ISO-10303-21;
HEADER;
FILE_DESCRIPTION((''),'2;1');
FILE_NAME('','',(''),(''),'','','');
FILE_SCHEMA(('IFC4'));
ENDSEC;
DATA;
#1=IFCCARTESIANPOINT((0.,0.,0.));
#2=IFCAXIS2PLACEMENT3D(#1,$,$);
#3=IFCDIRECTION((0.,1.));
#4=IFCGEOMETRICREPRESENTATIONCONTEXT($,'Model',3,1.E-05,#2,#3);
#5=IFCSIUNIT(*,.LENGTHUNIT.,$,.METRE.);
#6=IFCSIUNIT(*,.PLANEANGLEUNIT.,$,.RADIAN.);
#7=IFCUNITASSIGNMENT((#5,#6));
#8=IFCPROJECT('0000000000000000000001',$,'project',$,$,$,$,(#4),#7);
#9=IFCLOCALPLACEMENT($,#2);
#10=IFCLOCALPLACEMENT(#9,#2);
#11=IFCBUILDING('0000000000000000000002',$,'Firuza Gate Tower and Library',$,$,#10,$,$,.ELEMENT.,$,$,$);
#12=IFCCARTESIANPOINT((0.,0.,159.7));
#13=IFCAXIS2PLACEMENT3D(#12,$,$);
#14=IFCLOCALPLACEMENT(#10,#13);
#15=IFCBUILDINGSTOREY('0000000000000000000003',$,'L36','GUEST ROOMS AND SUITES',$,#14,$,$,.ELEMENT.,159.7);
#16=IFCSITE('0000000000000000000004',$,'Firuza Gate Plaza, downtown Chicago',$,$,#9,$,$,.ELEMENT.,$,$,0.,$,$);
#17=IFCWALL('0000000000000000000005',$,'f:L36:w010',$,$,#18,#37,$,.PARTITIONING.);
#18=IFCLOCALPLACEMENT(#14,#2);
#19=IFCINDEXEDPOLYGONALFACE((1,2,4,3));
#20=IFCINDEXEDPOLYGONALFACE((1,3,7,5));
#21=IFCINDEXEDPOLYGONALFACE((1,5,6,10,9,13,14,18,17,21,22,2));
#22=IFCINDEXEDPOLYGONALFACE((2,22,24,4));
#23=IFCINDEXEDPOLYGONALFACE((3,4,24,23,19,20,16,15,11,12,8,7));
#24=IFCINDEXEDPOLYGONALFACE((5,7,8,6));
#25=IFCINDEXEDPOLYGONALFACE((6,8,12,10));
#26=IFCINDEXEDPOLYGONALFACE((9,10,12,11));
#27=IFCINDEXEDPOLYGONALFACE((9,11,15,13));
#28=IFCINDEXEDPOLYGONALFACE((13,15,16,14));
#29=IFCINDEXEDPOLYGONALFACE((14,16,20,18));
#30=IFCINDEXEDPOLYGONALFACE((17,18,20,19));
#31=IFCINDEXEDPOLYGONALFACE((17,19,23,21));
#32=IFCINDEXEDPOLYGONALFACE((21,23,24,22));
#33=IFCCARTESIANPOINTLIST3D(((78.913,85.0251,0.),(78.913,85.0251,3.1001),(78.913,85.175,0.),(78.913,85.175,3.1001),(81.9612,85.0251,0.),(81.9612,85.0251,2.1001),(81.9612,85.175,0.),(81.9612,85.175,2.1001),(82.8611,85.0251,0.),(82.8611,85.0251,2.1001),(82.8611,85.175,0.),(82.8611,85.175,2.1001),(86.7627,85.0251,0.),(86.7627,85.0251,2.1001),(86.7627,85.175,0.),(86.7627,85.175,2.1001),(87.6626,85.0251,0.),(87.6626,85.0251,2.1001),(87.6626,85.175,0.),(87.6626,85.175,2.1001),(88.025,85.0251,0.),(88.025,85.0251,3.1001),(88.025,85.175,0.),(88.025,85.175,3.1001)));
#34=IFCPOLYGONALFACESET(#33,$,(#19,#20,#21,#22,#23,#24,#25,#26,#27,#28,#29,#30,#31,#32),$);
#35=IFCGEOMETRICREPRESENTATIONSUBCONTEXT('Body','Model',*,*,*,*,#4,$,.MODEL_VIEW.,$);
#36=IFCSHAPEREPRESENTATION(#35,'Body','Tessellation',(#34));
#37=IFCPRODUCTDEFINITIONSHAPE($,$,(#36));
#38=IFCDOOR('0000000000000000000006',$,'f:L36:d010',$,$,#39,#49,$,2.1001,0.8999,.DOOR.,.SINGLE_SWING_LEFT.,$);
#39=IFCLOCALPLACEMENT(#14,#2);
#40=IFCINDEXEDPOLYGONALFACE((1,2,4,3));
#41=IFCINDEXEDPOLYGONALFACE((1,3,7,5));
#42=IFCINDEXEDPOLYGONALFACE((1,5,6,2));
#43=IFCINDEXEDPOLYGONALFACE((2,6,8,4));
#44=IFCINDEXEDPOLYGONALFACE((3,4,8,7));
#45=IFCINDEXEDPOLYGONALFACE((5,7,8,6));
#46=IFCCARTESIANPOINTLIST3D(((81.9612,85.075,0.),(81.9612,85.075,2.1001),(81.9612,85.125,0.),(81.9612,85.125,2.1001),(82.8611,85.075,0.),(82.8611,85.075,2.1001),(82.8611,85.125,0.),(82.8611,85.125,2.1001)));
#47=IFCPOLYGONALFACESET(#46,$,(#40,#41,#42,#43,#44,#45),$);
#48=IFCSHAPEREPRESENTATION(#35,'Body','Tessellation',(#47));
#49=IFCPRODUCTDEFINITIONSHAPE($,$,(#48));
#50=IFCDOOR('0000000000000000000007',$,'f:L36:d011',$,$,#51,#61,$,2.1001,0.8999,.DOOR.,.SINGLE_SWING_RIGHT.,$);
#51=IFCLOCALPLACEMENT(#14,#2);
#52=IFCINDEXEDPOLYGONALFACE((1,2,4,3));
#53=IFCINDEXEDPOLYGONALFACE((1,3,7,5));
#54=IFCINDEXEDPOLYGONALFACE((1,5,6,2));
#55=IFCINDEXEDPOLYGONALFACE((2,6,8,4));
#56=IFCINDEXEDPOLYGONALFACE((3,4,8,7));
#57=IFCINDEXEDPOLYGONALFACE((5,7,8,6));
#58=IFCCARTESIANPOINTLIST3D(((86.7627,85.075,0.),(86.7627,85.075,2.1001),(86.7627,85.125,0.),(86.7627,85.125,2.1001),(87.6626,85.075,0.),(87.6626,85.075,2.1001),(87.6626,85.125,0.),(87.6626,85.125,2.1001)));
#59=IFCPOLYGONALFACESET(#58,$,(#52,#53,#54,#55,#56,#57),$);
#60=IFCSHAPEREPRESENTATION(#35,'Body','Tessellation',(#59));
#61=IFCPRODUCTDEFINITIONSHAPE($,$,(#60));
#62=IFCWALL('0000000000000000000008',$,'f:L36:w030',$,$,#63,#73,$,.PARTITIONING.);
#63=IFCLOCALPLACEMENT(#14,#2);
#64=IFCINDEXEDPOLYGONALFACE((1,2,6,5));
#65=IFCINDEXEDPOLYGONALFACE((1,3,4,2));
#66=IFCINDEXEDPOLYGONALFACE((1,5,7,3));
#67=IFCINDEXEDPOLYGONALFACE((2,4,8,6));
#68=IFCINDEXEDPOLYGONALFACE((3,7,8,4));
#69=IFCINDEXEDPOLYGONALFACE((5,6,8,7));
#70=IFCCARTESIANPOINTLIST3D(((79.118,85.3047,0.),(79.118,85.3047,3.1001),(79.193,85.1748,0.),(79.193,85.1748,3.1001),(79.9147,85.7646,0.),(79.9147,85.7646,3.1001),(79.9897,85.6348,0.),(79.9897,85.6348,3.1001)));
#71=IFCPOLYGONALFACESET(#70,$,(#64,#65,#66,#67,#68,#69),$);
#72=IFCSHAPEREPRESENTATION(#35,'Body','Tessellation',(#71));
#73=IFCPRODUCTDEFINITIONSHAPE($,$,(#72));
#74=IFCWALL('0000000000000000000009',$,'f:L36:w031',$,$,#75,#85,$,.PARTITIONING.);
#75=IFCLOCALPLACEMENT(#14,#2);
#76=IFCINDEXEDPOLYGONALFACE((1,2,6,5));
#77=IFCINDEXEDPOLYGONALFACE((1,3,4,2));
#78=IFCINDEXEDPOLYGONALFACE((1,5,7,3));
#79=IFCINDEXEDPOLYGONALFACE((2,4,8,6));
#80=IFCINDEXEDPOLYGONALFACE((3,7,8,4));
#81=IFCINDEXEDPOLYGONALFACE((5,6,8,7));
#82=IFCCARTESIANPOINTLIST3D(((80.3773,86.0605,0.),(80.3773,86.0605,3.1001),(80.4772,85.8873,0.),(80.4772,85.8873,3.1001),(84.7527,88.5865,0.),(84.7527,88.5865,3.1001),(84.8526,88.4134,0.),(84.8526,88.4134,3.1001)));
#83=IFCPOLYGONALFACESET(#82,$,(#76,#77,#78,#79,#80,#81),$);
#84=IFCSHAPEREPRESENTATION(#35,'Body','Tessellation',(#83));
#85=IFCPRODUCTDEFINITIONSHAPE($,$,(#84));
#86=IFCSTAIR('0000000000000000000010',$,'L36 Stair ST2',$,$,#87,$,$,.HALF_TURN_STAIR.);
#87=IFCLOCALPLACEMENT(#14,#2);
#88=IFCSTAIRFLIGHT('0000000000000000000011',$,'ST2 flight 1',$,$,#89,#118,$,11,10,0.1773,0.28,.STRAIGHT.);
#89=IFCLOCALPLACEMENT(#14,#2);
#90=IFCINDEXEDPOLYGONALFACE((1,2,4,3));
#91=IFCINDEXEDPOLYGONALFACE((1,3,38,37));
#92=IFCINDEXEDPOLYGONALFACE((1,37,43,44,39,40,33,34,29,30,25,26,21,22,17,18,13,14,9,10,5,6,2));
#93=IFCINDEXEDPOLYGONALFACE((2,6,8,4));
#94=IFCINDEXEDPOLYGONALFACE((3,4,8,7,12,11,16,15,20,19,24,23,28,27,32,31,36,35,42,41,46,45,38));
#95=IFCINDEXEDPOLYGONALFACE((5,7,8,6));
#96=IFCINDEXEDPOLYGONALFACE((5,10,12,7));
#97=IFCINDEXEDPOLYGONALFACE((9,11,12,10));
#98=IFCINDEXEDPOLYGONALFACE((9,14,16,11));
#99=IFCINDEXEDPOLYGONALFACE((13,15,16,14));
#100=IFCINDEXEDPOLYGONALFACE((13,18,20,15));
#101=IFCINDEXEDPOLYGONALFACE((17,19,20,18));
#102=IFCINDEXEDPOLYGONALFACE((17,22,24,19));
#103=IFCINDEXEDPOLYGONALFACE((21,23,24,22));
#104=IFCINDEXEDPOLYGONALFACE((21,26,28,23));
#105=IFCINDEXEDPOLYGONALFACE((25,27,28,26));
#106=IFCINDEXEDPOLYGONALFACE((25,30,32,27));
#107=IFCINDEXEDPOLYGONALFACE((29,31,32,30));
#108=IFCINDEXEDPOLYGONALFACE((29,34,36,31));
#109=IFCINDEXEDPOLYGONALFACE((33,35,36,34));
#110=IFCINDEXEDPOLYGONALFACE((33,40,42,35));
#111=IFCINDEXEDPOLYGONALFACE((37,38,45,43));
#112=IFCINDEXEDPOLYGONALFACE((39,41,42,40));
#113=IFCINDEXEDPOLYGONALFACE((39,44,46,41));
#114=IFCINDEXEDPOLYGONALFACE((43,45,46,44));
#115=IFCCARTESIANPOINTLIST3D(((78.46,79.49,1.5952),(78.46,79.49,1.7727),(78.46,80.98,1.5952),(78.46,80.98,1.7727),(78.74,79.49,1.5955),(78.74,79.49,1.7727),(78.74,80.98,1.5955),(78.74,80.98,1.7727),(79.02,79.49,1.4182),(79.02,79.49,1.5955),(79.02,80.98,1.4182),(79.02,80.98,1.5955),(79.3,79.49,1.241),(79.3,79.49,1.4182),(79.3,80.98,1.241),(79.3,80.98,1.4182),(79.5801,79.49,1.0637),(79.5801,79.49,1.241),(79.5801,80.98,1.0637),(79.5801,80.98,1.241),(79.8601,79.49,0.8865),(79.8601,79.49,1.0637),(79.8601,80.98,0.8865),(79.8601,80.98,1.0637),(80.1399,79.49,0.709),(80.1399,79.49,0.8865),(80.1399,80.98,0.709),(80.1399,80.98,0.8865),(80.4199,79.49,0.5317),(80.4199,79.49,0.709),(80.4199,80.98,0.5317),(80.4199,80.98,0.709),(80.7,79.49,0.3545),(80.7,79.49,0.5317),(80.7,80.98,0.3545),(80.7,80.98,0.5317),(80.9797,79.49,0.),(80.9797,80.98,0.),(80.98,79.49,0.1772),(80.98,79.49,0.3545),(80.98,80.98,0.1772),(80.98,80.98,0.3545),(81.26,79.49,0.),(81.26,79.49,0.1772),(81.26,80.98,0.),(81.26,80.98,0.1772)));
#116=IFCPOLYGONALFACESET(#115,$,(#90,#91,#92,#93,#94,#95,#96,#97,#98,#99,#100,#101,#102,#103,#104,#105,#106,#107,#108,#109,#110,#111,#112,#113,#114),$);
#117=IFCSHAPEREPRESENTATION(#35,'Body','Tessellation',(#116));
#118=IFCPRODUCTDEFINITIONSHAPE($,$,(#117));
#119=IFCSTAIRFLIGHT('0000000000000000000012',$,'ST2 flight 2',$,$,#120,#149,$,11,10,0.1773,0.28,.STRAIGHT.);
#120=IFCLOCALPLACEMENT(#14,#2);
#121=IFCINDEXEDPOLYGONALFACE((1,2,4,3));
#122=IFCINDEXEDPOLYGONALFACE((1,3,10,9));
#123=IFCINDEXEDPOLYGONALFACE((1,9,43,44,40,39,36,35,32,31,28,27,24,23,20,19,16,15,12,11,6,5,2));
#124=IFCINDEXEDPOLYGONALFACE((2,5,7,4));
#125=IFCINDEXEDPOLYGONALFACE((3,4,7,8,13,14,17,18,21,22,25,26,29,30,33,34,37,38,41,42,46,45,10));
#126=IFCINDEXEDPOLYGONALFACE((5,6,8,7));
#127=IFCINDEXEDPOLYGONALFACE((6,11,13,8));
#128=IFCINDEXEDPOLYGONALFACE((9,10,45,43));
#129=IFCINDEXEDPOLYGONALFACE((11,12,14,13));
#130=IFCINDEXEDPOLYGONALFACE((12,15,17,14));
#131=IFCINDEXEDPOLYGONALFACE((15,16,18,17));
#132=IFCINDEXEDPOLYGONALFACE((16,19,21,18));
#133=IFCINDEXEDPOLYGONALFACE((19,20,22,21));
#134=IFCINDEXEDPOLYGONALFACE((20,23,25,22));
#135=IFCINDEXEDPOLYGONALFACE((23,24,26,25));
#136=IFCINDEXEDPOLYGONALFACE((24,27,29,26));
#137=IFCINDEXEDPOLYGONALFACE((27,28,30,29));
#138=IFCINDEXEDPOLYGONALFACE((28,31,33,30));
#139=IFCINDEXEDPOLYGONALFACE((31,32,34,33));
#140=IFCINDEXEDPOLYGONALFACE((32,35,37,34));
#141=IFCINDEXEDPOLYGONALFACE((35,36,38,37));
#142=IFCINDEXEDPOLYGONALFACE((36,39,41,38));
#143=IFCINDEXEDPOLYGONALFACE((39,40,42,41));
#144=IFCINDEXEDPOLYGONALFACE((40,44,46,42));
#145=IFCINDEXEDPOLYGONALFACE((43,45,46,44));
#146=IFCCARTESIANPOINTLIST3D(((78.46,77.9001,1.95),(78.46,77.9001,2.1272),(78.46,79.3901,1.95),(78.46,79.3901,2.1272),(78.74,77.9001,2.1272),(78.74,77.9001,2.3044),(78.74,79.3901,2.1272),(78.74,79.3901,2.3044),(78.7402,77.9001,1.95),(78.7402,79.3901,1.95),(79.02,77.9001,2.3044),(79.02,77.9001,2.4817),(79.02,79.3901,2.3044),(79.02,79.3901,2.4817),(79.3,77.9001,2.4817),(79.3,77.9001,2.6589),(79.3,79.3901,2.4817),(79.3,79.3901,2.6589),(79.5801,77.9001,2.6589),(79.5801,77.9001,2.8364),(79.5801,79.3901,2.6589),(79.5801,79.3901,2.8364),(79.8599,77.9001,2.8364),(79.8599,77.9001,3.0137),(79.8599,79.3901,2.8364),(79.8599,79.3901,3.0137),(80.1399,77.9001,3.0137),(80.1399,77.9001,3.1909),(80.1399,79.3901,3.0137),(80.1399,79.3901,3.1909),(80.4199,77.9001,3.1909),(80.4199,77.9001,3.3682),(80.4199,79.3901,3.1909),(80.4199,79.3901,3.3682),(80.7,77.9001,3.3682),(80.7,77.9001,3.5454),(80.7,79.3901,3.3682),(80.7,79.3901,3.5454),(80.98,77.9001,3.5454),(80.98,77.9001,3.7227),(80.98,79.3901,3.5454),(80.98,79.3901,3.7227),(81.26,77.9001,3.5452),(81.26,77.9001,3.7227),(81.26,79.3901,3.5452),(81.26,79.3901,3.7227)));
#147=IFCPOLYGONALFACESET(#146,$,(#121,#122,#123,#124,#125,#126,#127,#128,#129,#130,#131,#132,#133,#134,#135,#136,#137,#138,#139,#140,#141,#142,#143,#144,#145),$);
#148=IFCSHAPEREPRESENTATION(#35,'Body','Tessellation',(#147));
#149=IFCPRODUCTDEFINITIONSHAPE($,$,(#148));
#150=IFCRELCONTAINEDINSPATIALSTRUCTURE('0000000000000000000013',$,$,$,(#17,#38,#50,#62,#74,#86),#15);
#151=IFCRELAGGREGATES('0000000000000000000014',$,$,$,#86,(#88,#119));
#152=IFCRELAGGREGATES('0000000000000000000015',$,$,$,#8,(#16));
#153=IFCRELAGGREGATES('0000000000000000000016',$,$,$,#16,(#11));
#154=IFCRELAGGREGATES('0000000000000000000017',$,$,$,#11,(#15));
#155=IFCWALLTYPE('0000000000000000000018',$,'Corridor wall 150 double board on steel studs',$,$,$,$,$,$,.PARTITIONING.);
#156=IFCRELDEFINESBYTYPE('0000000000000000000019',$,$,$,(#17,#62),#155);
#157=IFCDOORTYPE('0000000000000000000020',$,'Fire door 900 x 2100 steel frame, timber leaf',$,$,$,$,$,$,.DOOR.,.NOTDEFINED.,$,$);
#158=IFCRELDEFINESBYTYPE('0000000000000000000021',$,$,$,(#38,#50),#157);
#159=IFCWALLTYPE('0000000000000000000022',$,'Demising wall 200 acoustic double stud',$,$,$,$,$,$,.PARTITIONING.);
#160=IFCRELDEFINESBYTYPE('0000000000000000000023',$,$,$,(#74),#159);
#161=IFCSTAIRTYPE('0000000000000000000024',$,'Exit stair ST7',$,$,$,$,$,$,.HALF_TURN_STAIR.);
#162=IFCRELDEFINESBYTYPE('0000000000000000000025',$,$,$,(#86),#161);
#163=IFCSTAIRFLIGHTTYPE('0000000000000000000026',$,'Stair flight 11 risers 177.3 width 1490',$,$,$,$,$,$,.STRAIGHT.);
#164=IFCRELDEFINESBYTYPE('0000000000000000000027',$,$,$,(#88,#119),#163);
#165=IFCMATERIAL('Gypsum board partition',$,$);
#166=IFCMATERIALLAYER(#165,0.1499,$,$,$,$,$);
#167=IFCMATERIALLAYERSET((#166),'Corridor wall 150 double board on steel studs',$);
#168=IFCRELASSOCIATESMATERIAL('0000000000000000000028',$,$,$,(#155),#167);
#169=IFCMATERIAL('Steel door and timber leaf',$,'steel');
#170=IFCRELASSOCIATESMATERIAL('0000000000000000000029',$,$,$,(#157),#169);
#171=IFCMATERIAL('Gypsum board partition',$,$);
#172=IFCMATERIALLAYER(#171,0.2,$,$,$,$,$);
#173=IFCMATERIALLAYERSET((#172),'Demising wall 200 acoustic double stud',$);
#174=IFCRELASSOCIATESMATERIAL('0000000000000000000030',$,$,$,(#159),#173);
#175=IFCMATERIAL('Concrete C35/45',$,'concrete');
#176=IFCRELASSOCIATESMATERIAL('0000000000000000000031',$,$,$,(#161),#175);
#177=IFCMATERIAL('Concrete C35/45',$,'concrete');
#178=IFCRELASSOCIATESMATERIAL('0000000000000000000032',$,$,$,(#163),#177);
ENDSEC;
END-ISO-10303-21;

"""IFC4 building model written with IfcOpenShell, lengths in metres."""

from ifc_helpers import new_model, si_unit, direction, frame, frame_2d, origin, place, context, subcontext, project, spatial, polyline, rectangle, outline, extrude, material, layer, layer_set, type_object, element, fill, aggregate, save


model = new_model("IFC4")

# Units and contexts
model_context = context("Model", 3, precision=1e-05, world=origin(), true_north=direction((0.0, 1.0)))
body_context = subcontext(model_context, "Body", "Model", "MODEL_VIEW")
ifc_project = project(units=[si_unit("LENGTHUNIT", "METRE"), si_unit("PLANEANGLEUNIT", "RADIAN")], contexts=[model_context])

# Site, building, storey
site_placement = place(None, origin())
site = spatial("IfcSite", under=ifc_project, at=site_placement, Name="Firuza Gate Plaza, downtown Chicago", CompositionType="ELEMENT", RefElevation=0.0)
building_placement = place(site_placement, origin())
building = spatial("IfcBuilding", under=site, at=building_placement, Name="Firuza Gate Tower and Library", CompositionType="ELEMENT")
storey_placement = place(building_placement, frame((0.0, 0.0, 159.7)))
storey = spatial("IfcBuildingStorey", under=building, at=storey_placement, Name="L36", Description="GUEST ROOMS AND SUITES", CompositionType="ELEMENT", Elevation=159.7)

# Wall, openings, doors
ifc_material_1 = material(Name="Gypsum board partition")
ifc_layer_1 = layer(ifc_material_1, 0.1499)
ifc_layer_set_1 = layer_set([ifc_layer_1], Name="Corridor wall 150 double board on steel studs")
wall_type_1 = type_object("IfcWallType", Name="Corridor wall 150 double board on steel studs", PredefinedType="PARTITIONING", material=ifc_layer_set_1)
wall_1_placement = place(storey_placement, frame((78.9128, 85.1001, 0.0), z_axis=(0.0, 0.0, 1.0), x_axis=(1.0, 0.0, 0.0)))
wall_1 = element("IfcWall", 1, at=wall_1_placement, inside=storey, type_object=wall_type_1, Name="f:L36:w010", PredefinedType="PARTITIONING", context=body_context, shape_type="SweptSolid", body=[
    extrude(rectangle(XDim=9.1121, YDim=0.1499, at=frame_2d((4.5562, 0.0))), origin(), (0.0, 0.0, 1.0), 3.1001),
])
opening_1_placement = place(wall_1_placement, frame((3.0483, 0.0, 0.0)))
opening_1 = element("IfcOpeningElement", 2, at=opening_1_placement, cuts=wall_1, PredefinedType="OPENING", context=body_context, shape_type="SweptSolid", body=[
    extrude(rectangle(XDim=0.8999, YDim=2.1001, at=frame_2d((0.45, 1.05))), frame((0.0, 0.085, 0.0), z_axis=(0.0, -1.0, 0.0), x_axis=(1.0, 0.0, 0.0)), (0.0, 0.0, 1.0), 0.1699),
])
opening_2_placement = place(wall_1_placement, frame((7.8499, 0.0, 0.0)))
opening_2 = element("IfcOpeningElement", 3, at=opening_2_placement, cuts=wall_1, PredefinedType="OPENING", context=body_context, shape_type="SweptSolid", body=[
    extrude(rectangle(XDim=0.8999, YDim=2.1001, at=frame_2d((0.45, 1.05))), frame((0.0, 0.085, 0.0), z_axis=(0.0, -1.0, 0.0), x_axis=(1.0, 0.0, 0.0)), (0.0, 0.0, 1.0), 0.1699),
])
ifc_material_2 = material(Name="Steel door and timber leaf", Category="steel")
door_type_1 = type_object("IfcDoorType", Name="Fire door 900 x 2100 steel frame, timber leaf", OperationType="NOTDEFINED", PredefinedType="DOOR", material=ifc_material_2)
door_1_placement = place(opening_1_placement, origin())
door_1 = element("IfcDoor", 4, at=door_1_placement, inside=storey, type_object=door_type_1, Name="f:L36:d010", OperationType="SINGLE_SWING_LEFT", OverallHeight=2.1001, OverallWidth=0.8999, PredefinedType="DOOR", context=body_context, shape_type="SweptSolid", body=[
    extrude(rectangle(XDim=0.8999, YDim=2.1001, at=frame_2d((0.45, 1.05))), frame((0.0, 0.0249, 0.0), z_axis=(0.0, -1.0, 0.0), x_axis=(1.0, 0.0, 0.0)), (0.0, 0.0, 1.0), 0.05),
])
fill(opening_1, door_1)
door_2_placement = place(opening_2_placement, origin())
door_2 = element("IfcDoor", 5, at=door_2_placement, inside=storey, type_object=door_type_1, Name="f:L36:d011", OperationType="SINGLE_SWING_RIGHT", OverallHeight=2.1001, OverallWidth=0.8999, PredefinedType="DOOR", context=body_context, shape_type="SweptSolid", body=[
    extrude(rectangle(XDim=0.8999, YDim=2.1001, at=frame_2d((0.45, 1.05))), frame((0.0, 0.0249, 0.0), z_axis=(0.0, -1.0, 0.0), x_axis=(1.0, 0.0, 0.0)), (0.0, 0.0, 1.0), 0.05),
])
fill(opening_2, door_2)

# Walls
wall_2_placement = place(storey_placement, frame((79.1555, 85.2397, 0.0), z_axis=(0.0, 0.0, 1.0), x_axis=(0.866013, 0.500021, 0.0)))
element("IfcWall", 6, at=wall_2_placement, inside=storey, type_object=wall_type_1, Name="f:L36:w030", PredefinedType="PARTITIONING", context=body_context, shape_type="SweptSolid", body=[
    extrude(rectangle(XDim=0.9199, YDim=0.1499, at=frame_2d((0.46, 0.0))), origin(), (0.0, 0.0, 1.0), 3.1001),
])
ifc_material_3 = material(Name="Gypsum board partition")
ifc_layer_2 = layer(ifc_material_3, 0.2)
ifc_layer_set_2 = layer_set([ifc_layer_2], Name="Demising wall 200 acoustic double stud")
wall_type_2 = type_object("IfcWallType", Name="Demising wall 200 acoustic double stud", PredefinedType="PARTITIONING", material=ifc_layer_set_2)
wall_3_placement = place(storey_placement, frame((80.4272, 85.9739, 0.0), z_axis=(0.0, 0.0, 1.0), x_axis=(0.866031, 0.49999, 0.0)))
element("IfcWall", 7, at=wall_3_placement, inside=storey, type_object=wall_type_2, Name="f:L36:w031", PredefinedType="PARTITIONING", context=body_context, shape_type="SweptSolid", body=[
    extrude(rectangle(XDim=5.0522, YDim=0.2, at=frame_2d((2.5261, 0.0))), origin(), (0.0, 0.0, 1.0), 3.1001),
])

# Stair, stair flights
ifc_material_4 = material(Name="Concrete C35/45", Category="concrete")
stair_type = type_object("IfcStairType", Name="Exit stair ST7", PredefinedType="HALF_TURN_STAIR", material=ifc_material_4)
stair_placement = place(storey_placement, origin())
stair = element("IfcStair", 8, at=stair_placement, inside=storey, type_object=stair_type, Name="L36 Stair ST2", PredefinedType="HALF_TURN_STAIR")
ifc_material_5 = material(Name="Concrete C35/45", Category="concrete")
stair_flight_type = type_object("IfcStairFlightType", Name="Stair flight 11 risers 177.3 width 1490", PredefinedType="STRAIGHT", material=ifc_material_5)
stair_flight_1_placement = place(storey_placement, frame((81.26, 80.2351, 0.0), z_axis=(0.0, 0.0, 1.0), x_axis=(-1.0, 0.0, 0.0)))
stair_flight_1 = element("IfcStairFlight", 9, at=stair_flight_1_placement, type_object=stair_flight_type, Name="ST2 flight 1", NumberOfRisers=11, NumberOfTreads=10, PredefinedType="STRAIGHT", RiserHeight=0.1773, TreadLength=0.28, context=body_context, shape_type="SweptSolid", body=[
    extrude(outline(polyline([(0.0, 0.0), (0.0, 0.1772), (0.28, 0.1772), (0.28, 0.3545), (0.5601, 0.3545), (0.5601, 0.5317), (0.8401, 0.5317), (0.8401, 0.709), (1.1201, 0.709), (1.1201, 0.8865), (1.3999, 0.8865), (1.3999, 1.0637), (1.6799, 1.0637), (1.6799, 1.241), (1.96, 1.241), (1.96, 1.4182), (2.24, 1.4182), (2.24, 1.5955), (2.52, 1.5955), (2.52, 1.7727), (2.8, 1.7727), (2.8, 1.95), (2.8, 1.5952), (0.2803, 0.0), (0.0, 0.0)])), frame((0.0, 0.7451, 0.0), z_axis=(0.0, -1.0, 0.0), x_axis=(1.0, 0.0, 0.0)), (0.0, 0.0, 1.0), 1.49),
])
stair_flight_2_placement = place(storey_placement, frame((78.46, 78.645, 1.95), z_axis=(0.0, 0.0, 1.0), x_axis=(1.0, 0.0, 0.0)))
stair_flight_2 = element("IfcStairFlight", 10, at=stair_flight_2_placement, type_object=stair_flight_type, Name="ST2 flight 2", NumberOfRisers=11, NumberOfTreads=10, PredefinedType="STRAIGHT", RiserHeight=0.1773, TreadLength=0.28, context=body_context, shape_type="SweptSolid", body=[
    extrude(outline(polyline([(0.0, 0.0), (0.0, 0.1772), (0.28, 0.1772), (0.28, 0.3545), (0.5601, 0.3545), (0.5601, 0.5317), (0.8401, 0.5317), (0.8401, 0.709), (1.1201, 0.709), (1.1201, 0.8865), (1.3999, 0.8865), (1.3999, 1.0637), (1.6799, 1.0637), (1.6799, 1.241), (1.96, 1.241), (1.96, 1.4182), (2.24, 1.4182), (2.24, 1.5955), (2.52, 1.5955), (2.52, 1.7727), (2.8, 1.7727), (2.8, 1.95), (2.8, 1.5952), (0.2803, 0.0), (0.0, 0.0)])), frame((0.0, 0.7451, 0.0), z_axis=(0.0, -1.0, 0.0), x_axis=(1.0, 0.0, 0.0)), (0.0, 0.0, 1.0), 1.49),
])
aggregate(stair, [stair_flight_1, stair_flight_2])

save(model, "model.ifc")
